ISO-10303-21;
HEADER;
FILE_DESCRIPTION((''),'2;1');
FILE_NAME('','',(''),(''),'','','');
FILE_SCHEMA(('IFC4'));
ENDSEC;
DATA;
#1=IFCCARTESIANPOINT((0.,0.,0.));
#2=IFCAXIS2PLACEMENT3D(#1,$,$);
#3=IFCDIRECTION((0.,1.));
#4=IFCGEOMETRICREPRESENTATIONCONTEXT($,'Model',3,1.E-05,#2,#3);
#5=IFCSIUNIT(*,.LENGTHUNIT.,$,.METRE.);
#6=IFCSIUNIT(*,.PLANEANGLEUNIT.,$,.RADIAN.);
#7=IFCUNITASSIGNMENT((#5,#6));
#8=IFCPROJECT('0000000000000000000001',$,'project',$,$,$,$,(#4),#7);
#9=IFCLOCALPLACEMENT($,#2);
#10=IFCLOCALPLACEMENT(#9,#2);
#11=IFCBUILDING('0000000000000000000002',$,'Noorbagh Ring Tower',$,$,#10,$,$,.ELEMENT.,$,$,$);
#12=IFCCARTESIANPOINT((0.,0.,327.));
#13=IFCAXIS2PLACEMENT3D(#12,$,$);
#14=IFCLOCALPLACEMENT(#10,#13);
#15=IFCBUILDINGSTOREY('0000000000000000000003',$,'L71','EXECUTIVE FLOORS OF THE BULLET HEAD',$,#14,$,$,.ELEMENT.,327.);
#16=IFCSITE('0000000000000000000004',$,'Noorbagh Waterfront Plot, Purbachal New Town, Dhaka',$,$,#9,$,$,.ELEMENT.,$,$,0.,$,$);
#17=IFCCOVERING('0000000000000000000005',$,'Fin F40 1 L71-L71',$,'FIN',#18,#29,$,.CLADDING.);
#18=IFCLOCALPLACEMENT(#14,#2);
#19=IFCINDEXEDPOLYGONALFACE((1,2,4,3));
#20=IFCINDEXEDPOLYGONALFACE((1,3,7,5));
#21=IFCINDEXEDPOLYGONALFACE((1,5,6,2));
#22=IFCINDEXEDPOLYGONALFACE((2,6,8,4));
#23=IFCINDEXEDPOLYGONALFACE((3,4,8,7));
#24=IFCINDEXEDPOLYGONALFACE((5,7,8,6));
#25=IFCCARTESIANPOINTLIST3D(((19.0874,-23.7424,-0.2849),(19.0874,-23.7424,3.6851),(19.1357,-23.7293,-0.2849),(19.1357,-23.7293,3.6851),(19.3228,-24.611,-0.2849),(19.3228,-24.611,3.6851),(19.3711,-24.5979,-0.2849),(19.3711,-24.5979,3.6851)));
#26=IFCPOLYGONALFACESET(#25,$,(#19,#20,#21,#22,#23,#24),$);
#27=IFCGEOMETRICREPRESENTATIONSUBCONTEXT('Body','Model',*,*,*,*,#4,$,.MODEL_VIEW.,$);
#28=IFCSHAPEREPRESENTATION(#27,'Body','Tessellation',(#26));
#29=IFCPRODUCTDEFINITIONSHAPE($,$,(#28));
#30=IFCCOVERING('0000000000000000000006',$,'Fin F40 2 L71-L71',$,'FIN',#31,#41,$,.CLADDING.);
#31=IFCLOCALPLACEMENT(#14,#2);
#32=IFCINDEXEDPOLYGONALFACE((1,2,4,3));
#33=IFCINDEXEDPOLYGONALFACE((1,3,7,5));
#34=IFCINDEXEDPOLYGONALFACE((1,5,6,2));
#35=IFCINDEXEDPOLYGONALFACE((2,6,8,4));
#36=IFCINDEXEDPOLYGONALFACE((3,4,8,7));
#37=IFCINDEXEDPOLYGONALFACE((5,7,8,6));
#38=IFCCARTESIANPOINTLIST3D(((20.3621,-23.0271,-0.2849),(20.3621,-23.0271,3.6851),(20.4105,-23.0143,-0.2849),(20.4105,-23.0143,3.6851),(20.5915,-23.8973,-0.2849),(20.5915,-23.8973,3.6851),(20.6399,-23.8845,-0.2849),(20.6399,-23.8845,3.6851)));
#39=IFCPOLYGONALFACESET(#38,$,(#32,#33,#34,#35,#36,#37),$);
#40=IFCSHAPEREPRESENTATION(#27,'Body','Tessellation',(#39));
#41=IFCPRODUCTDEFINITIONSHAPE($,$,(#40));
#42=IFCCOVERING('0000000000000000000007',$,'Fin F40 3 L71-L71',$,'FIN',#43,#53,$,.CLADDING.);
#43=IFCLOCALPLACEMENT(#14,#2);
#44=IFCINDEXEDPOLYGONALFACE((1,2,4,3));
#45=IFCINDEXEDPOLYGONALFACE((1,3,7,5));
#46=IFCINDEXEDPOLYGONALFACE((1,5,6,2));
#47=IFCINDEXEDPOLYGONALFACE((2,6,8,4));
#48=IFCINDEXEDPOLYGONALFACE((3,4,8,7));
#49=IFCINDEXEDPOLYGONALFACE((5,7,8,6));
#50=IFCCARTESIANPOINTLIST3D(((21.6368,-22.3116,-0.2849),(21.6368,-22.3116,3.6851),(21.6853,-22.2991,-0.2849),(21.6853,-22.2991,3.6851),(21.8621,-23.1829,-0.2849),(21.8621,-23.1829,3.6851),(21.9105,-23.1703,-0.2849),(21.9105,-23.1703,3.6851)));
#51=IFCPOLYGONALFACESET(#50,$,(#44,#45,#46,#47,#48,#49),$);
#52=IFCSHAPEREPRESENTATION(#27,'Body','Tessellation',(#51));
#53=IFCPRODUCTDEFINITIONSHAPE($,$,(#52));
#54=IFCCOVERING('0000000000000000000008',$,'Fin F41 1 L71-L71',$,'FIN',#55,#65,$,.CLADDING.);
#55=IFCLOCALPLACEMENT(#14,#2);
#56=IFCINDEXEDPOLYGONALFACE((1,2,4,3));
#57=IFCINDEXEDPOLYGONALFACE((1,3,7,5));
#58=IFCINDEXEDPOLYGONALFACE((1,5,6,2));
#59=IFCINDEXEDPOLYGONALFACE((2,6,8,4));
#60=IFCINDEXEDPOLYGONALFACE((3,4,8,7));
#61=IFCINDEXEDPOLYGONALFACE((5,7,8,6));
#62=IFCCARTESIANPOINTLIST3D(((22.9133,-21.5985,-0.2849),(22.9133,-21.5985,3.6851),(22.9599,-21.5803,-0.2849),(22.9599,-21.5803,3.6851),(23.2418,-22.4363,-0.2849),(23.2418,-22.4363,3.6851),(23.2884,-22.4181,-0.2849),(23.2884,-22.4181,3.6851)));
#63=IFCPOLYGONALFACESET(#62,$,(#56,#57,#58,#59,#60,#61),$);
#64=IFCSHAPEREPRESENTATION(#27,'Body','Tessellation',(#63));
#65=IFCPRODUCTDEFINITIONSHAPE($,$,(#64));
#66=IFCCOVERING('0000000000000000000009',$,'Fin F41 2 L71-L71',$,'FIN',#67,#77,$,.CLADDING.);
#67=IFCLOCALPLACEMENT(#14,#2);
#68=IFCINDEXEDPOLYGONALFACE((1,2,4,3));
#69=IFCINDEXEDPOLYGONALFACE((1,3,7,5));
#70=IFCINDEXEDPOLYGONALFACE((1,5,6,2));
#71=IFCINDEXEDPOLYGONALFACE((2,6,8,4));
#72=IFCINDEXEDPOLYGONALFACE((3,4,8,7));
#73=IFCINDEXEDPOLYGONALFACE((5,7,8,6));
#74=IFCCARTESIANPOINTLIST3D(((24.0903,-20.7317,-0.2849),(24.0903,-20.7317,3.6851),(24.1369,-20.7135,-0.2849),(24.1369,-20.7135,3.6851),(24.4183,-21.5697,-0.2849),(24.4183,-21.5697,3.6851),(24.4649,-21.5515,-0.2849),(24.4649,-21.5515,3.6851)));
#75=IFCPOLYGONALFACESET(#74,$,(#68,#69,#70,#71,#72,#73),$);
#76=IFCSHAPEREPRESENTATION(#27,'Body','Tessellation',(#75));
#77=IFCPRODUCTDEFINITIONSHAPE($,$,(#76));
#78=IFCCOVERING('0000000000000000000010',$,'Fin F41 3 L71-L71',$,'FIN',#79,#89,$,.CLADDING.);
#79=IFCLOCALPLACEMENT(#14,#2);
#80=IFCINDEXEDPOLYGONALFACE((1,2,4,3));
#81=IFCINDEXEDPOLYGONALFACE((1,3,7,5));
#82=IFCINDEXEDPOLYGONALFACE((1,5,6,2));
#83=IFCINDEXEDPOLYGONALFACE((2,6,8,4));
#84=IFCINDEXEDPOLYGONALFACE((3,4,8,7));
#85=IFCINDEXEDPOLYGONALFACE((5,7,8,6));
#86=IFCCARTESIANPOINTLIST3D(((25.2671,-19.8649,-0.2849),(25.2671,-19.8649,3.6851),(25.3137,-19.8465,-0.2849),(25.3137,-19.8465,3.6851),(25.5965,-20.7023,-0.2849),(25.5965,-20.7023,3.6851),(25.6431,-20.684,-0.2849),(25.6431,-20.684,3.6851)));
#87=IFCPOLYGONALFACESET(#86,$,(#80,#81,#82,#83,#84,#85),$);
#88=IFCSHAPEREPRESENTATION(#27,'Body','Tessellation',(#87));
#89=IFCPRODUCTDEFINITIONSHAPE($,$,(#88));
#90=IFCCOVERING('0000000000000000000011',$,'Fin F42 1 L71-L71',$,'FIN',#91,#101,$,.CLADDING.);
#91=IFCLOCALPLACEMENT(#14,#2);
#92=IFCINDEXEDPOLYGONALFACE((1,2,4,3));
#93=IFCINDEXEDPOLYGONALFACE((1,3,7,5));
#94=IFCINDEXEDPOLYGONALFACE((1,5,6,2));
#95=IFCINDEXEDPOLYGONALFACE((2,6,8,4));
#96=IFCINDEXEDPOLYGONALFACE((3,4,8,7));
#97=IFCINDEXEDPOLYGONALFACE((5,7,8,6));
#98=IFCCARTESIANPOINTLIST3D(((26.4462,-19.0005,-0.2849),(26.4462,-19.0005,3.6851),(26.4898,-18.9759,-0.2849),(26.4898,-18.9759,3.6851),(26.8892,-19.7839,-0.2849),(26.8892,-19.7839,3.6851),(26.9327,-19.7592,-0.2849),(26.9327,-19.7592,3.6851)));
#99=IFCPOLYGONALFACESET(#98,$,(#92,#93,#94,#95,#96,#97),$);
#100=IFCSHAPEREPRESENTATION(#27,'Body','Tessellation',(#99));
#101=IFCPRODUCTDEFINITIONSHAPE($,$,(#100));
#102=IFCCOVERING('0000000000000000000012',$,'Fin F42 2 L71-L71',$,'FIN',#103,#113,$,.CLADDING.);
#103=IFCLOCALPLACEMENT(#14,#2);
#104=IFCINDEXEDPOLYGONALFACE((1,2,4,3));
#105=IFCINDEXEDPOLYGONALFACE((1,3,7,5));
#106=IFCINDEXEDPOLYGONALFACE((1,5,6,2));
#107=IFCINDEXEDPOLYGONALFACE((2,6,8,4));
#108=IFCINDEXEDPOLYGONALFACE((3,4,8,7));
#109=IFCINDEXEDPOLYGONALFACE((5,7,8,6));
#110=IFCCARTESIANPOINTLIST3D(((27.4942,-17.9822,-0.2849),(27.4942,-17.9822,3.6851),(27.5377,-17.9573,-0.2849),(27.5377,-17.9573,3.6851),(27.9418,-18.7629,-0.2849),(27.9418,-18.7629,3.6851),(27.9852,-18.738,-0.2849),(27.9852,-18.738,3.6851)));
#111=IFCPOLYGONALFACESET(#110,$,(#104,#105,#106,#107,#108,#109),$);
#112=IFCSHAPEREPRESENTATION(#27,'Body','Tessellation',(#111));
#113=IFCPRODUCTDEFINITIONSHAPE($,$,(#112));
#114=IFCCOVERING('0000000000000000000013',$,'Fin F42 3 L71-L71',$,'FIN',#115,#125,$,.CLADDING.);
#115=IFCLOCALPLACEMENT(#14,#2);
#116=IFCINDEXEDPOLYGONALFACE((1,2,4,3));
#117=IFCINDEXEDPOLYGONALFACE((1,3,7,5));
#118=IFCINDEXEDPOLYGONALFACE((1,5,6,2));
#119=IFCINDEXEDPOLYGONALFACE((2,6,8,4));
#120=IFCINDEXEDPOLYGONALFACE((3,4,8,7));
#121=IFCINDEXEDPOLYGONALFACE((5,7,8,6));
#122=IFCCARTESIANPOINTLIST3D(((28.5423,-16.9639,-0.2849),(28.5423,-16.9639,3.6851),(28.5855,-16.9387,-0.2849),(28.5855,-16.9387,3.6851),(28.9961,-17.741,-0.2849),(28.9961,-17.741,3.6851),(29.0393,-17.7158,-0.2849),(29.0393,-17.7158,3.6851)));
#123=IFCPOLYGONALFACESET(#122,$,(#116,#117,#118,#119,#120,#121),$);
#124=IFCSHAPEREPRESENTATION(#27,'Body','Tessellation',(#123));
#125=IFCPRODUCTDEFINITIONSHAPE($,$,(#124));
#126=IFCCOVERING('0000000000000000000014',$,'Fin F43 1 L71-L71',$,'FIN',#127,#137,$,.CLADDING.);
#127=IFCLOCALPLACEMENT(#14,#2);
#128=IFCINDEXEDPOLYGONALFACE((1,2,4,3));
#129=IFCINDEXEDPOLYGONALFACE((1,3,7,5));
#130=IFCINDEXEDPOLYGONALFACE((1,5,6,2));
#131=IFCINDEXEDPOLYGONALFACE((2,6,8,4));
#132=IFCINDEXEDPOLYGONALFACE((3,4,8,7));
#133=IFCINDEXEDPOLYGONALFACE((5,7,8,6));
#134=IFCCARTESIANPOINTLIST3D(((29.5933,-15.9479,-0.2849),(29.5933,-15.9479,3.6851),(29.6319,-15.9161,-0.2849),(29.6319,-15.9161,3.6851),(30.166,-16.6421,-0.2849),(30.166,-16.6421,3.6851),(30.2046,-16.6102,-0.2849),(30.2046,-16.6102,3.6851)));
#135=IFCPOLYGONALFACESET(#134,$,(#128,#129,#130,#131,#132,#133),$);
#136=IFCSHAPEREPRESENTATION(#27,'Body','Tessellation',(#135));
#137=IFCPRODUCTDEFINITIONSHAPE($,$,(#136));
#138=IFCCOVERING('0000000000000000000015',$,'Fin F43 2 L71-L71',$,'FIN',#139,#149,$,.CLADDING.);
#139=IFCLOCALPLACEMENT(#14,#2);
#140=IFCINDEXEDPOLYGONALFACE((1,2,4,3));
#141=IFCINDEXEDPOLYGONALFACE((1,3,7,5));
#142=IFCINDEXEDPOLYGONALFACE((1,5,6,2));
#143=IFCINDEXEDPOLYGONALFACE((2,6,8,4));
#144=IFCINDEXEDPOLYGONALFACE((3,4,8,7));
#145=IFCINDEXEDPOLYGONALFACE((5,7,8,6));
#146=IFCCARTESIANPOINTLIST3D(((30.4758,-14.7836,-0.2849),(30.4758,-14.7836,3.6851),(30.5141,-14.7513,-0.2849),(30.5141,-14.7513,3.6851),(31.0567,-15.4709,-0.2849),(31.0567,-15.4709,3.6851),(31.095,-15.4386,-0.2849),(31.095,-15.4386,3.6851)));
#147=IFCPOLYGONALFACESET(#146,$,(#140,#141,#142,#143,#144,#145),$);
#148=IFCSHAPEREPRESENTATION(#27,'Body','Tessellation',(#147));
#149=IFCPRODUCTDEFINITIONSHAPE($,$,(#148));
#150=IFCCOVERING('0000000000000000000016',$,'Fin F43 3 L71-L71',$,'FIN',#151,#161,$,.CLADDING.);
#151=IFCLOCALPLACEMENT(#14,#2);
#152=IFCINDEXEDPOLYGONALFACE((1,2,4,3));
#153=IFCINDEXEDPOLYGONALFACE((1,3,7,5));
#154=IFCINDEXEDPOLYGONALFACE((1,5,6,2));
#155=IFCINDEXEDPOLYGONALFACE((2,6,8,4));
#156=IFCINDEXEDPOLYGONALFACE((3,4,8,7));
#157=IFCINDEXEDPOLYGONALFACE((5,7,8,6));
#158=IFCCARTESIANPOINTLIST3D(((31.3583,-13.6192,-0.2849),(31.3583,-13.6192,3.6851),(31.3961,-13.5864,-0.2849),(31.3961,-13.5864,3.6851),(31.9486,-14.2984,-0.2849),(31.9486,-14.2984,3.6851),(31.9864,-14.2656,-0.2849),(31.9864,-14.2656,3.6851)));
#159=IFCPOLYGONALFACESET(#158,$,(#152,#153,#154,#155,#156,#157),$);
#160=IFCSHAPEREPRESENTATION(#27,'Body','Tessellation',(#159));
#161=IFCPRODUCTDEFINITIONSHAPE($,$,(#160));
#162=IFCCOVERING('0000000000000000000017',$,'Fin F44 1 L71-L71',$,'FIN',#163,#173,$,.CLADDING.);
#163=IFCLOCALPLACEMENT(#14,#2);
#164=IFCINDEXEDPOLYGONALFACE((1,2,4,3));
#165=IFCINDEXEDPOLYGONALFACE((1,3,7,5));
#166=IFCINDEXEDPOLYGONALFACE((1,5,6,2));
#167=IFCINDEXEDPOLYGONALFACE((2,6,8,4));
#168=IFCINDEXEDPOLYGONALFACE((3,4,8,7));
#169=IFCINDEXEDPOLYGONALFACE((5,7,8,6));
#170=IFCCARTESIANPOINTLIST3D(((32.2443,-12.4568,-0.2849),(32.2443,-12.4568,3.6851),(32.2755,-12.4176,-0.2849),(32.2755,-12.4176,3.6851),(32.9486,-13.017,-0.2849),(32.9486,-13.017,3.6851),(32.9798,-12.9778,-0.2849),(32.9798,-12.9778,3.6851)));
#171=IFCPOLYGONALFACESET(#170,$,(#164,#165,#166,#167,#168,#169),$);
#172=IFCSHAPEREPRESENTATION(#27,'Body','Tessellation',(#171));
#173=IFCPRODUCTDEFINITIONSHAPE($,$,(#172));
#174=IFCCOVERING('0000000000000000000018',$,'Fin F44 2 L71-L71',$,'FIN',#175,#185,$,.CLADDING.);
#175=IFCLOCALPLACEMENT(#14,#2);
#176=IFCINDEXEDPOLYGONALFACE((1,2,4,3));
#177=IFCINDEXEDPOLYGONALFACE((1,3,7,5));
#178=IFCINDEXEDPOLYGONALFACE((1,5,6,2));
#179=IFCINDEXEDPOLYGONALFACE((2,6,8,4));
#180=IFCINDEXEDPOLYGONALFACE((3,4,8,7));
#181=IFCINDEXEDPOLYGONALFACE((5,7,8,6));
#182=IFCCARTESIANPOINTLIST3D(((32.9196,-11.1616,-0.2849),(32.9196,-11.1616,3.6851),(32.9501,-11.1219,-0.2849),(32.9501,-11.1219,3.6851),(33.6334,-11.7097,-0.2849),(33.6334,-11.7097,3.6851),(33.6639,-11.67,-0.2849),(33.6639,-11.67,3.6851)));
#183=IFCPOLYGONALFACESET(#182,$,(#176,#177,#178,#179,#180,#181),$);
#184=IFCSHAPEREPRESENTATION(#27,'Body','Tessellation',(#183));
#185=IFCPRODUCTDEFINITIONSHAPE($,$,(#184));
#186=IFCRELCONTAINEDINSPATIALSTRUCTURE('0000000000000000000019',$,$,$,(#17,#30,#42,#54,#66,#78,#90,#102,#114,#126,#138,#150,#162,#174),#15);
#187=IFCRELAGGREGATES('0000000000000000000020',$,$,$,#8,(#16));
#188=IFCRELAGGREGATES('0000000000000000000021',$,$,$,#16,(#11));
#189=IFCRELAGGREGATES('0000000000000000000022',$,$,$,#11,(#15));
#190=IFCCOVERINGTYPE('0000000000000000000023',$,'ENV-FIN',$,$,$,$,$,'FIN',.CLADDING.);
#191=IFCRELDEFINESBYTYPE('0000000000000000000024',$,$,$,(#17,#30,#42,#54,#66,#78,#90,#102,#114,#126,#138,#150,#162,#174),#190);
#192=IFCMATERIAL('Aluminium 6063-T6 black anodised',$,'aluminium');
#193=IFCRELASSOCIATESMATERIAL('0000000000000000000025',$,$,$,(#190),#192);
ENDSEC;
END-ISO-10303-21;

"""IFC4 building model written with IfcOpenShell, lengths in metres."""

from ifc_helpers import new_model, si_unit, direction, frame, origin, origin_2d, place, context, subcontext, project, spatial, rectangle, extrude, material, material_profile, profile_set, type_object, element, save


model = new_model("IFC4")

# Units and contexts
model_context = context("Model", 3, precision=1e-05, world=origin(), true_north=direction((0.0, 1.0)))
body_context = subcontext(model_context, "Body", "Model", "MODEL_VIEW")
ifc_project = project(units=[si_unit("LENGTHUNIT", "METRE"), si_unit("PLANEANGLEUNIT", "RADIAN")], contexts=[model_context])

# Site, building, storey
site_placement = place(None, origin())
site = spatial("IfcSite", under=ifc_project, at=site_placement, Name="Noorbagh Waterfront Plot, Purbachal New Town, Dhaka", CompositionType="ELEMENT", RefElevation=0.0)
building_placement = place(site_placement, origin())
building = spatial("IfcBuilding", under=site, at=building_placement, Name="Noorbagh Ring Tower", CompositionType="ELEMENT")
storey_placement = place(building_placement, frame((0.0, 0.0, 327.0)))
storey = spatial("IfcBuildingStorey", under=building, at=storey_placement, Name="L71", Description="EXECUTIVE FLOORS OF THE BULLET HEAD", CompositionType="ELEMENT", Elevation=327.0)

# Coverings
ifc_material_1 = material(Name="Aluminium 6063-T6 black anodised", Category="aluminium")
ifc_material_profile_1 = material_profile(ifc_material_1, rectangle(XDim=0.8999, YDim=0.05, at=origin_2d()), Name="900x50")
ifc_profile_set_1 = profile_set([ifc_material_profile_1], Name="Aluminium 6063-T6 black anodised")
covering_type = type_object("IfcCoveringType", Name="ENV-FIN", ElementType="FIN", PredefinedType="CLADDING", material=ifc_profile_set_1)
for number, where, z_axis, x_axis, name in (
    (1, (19.2292, -24.1702, -0.2849), (0.0, 0.0, 1.0), (0.261667, -0.965158, 0.0), "Fin F40 1 L71-L71"),
    (2, (20.501, -23.4558, -0.2849), (0.0, 0.0, 1.0), (0.254952, -0.966954, 0.0), "Fin F40 2 L71-L71"),
    (3, (21.7737, -22.741, -0.2849), (0.0, 0.0, 1.0), (0.250261, -0.968178, 0.0), "Fin F40 3 L71-L71"),
    (4, (23.1008, -22.0083, -0.2849), (0.0, 0.0, 1.0), (0.365038, -0.930993, 0.0), "Fin F41 1 L71-L71"),
    (5, (24.2776, -21.1416, -0.2849), (0.0, 0.0, 1.0), (0.364533, -0.93119, 0.0), "Fin F41 2 L71-L71"),
    (6, (25.4551, -20.2744, -0.2849), (0.0, 0.0, 1.0), (0.366047, -0.930596, 0.0), "Fin F41 3 L71-L71"),
    (7, (26.6895, -19.3799, -0.2849), (0.0, 0.0, 1.0), (0.49224, -0.870459, 0.0), "Fin F42 1 L71-L71"),
    (8, (27.7397, -18.3601, -0.2849), (0.0, 0.0, 1.0), (0.497372, -0.867537, 0.0), "Fin F42 2 L71-L71"),
    (9, (28.7908, -17.3398, -0.2849), (0.0, 0.0, 1.0), (0.50428, -0.86354, 0.0), "Fin F42 3 L71-L71"),
    (10, (29.8989, -16.2791, -0.2849), (0.0, 0.0, 1.0), (0.636393, -0.771365, 0.0), "Fin F43 1 L71-L71"),
    (11, (30.7854, -15.1111, -0.2849), (0.0, 0.0, 1.0), (0.645539, -0.763728, 0.0), "Fin F43 2 L71-L71"),
    (12, (31.6724, -13.9424, -0.2849), (0.0, 0.0, 1.0), (0.655973, -0.754784, 0.0), "Fin F43 3 L71-L71"),
    (13, (32.6121, -12.7173, -0.2849), (0.0, 0.0, 1.0), (0.782644, -0.62247, 0.0), "Fin F44 1 L71-L71"),
    (14, (33.2917, -11.4158, -0.2849), (0.0, 0.0, 1.0), (0.793138, -0.609043, 0.0), "Fin F44 2 L71-L71"),
):
    element("IfcCovering", number, at=place(storey_placement, frame(where, z_axis=z_axis, x_axis=x_axis)), inside=storey, type_object=covering_type, Name=name, ObjectType="FIN", PredefinedType="CLADDING", context=body_context, shape_type="SweptSolid", body=[
        extrude(rectangle(XDim=0.8999, YDim=0.05, at=origin_2d()), origin(), (0.0, 0.0, 1.0), 3.97),
    ])

save(model, "model.ifc")
